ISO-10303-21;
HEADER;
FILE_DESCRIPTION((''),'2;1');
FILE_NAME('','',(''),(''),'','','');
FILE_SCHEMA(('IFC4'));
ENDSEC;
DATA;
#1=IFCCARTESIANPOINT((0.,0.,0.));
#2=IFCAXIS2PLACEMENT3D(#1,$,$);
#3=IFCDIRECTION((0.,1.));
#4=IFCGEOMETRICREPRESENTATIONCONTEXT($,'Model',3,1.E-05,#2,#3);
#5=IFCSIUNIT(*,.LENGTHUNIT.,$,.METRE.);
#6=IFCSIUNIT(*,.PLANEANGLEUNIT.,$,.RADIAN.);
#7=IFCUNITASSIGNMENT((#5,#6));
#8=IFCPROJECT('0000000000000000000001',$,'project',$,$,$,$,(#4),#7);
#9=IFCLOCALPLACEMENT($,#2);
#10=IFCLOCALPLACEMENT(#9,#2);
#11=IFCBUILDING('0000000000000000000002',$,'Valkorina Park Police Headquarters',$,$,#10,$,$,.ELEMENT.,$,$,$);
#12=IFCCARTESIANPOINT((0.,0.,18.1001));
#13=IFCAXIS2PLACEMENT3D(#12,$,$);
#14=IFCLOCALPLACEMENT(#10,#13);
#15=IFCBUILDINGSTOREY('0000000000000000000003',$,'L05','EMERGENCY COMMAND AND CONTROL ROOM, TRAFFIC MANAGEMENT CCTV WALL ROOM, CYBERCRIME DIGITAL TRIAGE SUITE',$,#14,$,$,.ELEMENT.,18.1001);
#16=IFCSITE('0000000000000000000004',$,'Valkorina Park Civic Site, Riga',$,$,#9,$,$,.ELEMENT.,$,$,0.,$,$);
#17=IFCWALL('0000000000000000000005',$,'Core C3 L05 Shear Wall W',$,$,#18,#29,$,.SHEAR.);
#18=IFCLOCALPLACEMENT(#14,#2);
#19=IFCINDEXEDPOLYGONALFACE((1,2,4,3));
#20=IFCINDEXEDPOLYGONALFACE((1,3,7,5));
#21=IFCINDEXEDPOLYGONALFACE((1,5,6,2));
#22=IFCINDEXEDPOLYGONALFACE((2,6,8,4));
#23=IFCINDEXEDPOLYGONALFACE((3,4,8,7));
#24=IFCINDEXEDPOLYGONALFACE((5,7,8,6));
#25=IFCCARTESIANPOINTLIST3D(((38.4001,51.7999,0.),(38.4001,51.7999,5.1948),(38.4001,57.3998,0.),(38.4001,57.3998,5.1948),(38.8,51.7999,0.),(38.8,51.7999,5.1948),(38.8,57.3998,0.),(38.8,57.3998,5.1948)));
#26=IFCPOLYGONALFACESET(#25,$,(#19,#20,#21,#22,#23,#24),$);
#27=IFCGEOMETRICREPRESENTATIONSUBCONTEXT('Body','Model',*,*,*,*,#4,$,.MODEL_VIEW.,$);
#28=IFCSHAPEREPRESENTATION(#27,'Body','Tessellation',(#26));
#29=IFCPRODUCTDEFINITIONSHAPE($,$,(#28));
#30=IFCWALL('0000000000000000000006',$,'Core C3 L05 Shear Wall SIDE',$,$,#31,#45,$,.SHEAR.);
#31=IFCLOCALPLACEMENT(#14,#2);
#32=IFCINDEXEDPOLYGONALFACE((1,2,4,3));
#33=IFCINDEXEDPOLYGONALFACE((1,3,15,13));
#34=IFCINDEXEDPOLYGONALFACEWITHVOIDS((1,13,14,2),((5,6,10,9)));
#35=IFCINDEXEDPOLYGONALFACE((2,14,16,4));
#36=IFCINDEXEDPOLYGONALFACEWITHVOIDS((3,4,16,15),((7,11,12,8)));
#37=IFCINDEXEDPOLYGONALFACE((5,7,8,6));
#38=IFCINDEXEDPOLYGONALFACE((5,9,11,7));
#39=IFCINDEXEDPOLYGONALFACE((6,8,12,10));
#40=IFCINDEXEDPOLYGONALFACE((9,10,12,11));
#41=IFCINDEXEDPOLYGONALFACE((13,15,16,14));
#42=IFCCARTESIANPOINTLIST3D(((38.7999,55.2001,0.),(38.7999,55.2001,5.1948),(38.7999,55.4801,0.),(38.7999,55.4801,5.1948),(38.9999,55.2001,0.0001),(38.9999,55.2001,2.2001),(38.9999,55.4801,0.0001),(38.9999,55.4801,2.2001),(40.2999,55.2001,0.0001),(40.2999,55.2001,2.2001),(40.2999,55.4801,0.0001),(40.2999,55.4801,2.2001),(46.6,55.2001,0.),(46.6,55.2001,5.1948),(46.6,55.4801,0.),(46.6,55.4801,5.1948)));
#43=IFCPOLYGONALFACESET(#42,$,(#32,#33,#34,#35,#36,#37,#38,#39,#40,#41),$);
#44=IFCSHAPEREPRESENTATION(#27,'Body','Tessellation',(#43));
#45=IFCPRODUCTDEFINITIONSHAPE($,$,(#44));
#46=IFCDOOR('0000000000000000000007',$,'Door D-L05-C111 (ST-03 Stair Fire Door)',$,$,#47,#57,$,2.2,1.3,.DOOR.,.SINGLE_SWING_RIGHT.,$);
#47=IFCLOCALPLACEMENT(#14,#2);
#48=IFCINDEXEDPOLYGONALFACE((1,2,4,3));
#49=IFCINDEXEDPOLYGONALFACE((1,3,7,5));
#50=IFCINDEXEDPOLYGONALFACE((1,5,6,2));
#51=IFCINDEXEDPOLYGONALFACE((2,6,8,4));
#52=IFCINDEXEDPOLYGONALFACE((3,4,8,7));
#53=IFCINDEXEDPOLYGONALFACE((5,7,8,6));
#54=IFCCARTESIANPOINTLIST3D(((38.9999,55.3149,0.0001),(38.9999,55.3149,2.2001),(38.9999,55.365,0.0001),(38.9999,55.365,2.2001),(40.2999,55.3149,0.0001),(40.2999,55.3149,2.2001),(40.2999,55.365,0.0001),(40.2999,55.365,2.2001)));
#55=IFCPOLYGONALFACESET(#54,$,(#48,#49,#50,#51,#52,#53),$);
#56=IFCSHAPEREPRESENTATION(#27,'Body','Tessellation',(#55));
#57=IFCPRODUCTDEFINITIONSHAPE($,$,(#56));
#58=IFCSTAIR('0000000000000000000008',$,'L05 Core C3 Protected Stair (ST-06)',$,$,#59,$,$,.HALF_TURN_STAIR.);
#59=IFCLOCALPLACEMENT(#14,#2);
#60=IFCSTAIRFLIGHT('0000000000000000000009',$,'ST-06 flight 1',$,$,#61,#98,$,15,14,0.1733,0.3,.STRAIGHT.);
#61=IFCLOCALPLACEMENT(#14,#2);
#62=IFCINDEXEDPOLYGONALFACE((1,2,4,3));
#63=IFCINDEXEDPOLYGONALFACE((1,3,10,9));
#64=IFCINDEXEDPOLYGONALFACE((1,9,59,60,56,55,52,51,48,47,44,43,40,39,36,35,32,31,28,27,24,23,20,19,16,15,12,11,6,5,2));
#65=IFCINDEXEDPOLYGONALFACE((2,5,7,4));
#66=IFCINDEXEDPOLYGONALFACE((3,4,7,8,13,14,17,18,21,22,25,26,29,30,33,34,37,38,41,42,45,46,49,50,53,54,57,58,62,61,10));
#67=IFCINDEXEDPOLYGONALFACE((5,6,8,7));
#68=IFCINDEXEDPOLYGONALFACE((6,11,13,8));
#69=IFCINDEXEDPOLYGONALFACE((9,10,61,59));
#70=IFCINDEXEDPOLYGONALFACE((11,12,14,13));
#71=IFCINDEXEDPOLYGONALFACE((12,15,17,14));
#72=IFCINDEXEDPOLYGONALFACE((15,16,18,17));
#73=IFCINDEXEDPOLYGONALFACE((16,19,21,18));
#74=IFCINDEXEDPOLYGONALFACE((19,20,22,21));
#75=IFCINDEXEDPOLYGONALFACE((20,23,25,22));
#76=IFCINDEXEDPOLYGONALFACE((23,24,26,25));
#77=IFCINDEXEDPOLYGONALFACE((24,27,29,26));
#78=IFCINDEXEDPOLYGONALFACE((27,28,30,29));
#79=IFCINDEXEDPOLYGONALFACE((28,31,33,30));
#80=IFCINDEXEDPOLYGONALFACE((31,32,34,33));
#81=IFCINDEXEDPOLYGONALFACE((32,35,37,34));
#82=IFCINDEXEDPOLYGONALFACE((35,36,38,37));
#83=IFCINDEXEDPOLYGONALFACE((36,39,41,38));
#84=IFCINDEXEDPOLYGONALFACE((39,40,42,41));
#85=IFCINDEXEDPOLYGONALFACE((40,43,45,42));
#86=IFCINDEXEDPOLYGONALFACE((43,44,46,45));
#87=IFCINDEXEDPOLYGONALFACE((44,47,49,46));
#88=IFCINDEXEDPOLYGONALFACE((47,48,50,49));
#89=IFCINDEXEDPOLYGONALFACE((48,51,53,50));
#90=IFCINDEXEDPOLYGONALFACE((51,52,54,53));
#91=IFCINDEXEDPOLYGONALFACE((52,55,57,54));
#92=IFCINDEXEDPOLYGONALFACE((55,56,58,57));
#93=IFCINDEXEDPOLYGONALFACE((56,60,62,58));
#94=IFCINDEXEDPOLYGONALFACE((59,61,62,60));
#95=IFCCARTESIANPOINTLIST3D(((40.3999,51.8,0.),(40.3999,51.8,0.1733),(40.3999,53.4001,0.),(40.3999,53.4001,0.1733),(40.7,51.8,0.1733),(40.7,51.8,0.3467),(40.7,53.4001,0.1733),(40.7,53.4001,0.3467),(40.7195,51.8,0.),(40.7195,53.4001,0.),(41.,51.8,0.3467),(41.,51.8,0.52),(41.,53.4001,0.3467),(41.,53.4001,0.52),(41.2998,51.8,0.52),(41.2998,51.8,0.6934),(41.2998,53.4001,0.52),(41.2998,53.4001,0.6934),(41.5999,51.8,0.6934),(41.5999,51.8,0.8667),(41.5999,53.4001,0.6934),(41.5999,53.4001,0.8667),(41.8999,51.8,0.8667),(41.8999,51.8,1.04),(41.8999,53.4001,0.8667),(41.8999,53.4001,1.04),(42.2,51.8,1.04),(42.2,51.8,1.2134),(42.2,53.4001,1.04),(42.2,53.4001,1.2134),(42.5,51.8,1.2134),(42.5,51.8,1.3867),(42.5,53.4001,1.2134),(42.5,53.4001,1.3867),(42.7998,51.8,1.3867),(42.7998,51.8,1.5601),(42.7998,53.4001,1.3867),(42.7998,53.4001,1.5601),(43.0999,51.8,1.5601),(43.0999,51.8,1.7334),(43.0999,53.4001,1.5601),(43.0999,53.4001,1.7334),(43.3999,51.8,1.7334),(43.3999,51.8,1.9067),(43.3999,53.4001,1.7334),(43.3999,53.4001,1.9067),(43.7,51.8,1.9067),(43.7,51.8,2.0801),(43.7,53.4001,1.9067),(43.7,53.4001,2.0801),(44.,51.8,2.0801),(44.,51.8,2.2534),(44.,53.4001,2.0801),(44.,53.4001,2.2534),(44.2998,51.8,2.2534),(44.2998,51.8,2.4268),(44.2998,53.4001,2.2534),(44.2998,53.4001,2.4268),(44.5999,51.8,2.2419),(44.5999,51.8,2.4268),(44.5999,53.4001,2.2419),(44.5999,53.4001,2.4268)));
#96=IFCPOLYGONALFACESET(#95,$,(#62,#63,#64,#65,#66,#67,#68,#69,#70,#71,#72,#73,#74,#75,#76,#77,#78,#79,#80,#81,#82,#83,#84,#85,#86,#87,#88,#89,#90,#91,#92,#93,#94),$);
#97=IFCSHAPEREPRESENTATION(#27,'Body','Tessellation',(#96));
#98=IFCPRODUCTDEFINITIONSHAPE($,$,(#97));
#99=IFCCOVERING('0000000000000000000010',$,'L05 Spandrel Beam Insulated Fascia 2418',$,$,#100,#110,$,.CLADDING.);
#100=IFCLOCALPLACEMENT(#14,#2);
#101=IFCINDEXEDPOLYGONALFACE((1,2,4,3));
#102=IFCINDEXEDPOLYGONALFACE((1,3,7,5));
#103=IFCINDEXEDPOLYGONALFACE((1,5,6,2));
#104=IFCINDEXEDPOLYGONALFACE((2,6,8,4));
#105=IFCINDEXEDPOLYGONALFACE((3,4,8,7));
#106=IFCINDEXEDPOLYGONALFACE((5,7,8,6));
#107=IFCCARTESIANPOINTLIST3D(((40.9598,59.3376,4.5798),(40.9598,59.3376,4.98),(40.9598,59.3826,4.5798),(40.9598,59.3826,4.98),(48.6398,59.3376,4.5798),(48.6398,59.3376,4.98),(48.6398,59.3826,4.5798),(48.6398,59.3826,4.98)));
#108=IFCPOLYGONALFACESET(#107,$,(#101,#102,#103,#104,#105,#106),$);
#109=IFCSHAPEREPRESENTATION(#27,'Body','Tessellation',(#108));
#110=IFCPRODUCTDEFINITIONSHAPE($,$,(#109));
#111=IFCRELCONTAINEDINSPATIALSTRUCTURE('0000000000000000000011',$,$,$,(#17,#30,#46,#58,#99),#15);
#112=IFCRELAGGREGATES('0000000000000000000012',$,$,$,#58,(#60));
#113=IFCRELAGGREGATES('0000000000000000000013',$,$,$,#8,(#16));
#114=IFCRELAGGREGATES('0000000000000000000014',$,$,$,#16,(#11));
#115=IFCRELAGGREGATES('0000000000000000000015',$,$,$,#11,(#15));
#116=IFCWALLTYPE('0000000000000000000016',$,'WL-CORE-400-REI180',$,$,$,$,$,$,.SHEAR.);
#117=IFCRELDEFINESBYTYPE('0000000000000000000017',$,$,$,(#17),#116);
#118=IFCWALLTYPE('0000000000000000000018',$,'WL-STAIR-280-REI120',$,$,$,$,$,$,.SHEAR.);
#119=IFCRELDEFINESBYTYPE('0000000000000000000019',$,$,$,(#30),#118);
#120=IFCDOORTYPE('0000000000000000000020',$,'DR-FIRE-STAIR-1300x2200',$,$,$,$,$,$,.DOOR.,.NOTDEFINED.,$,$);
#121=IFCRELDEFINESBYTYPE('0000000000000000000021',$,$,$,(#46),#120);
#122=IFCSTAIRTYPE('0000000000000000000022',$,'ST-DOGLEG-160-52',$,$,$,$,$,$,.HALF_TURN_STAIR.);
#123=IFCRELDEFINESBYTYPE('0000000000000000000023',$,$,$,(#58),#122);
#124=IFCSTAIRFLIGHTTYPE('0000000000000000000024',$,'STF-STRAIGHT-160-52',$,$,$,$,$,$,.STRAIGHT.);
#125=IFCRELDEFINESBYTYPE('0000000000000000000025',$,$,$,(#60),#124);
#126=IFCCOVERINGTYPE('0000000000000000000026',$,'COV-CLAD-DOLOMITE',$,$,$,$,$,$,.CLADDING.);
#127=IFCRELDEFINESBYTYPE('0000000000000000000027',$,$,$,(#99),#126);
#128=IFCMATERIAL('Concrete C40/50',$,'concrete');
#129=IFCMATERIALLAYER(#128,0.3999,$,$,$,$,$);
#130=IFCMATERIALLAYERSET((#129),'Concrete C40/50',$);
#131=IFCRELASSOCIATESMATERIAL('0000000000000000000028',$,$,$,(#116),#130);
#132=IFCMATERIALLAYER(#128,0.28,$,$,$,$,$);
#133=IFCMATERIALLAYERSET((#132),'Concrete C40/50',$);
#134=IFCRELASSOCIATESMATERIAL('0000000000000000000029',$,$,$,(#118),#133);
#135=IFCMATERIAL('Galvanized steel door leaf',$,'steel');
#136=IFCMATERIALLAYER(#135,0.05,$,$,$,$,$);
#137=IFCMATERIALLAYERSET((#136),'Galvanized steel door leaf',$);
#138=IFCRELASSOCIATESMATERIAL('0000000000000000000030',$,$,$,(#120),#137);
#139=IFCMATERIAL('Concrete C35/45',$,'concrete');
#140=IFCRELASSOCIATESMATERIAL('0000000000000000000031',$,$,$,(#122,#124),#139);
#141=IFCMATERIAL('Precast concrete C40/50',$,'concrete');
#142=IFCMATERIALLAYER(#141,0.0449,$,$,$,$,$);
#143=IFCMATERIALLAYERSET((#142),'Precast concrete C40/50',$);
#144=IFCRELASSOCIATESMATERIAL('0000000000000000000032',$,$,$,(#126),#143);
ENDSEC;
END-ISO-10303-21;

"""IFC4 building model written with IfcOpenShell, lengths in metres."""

from ifc_helpers import new_model, si_unit, direction, frame, frame_2d, origin, place, context, subcontext, project, spatial, polyline, rectangle, outline, extrude, material, layer, layer_set, type_object, element, fill, aggregate, save


model = new_model("IFC4")

# Units and contexts
model_context = context("Model", 3, precision=1e-05, world=origin(), true_north=direction((0.0, 1.0)))
body_context = subcontext(model_context, "Body", "Model", "MODEL_VIEW")
ifc_project = project(units=[si_unit("LENGTHUNIT", "METRE"), si_unit("PLANEANGLEUNIT", "RADIAN")], contexts=[model_context])

# Site, building, storey
site_placement = place(None, origin())
site = spatial("IfcSite", under=ifc_project, at=site_placement, Name="Valkorina Park Civic Site, Riga", CompositionType="ELEMENT", RefElevation=0.0)
building_placement = place(site_placement, origin())
building = spatial("IfcBuilding", under=site, at=building_placement, Name="Valkorina Park Police Headquarters", CompositionType="ELEMENT")
storey_placement = place(building_placement, frame((0.0, 0.0, 18.1001)))
storey = spatial("IfcBuildingStorey", under=building, at=storey_placement, Name="L05", Description="EMERGENCY COMMAND AND CONTROL ROOM, TRAFFIC MANAGEMENT CCTV WALL ROOM, CYBERCRIME DIGITAL TRIAGE SUITE", CompositionType="ELEMENT", Elevation=18.1001)

# Wall
ifc_material_1 = material(Name="Concrete C40/50", Category="concrete")
ifc_layer_1 = layer(ifc_material_1, 0.3999)
ifc_layer_set_1 = layer_set([ifc_layer_1], Name="Concrete C40/50")
wall_type_1 = type_object("IfcWallType", Name="WL-CORE-400-REI180", PredefinedType="SHEAR", material=ifc_layer_set_1)
wall_1_placement = place(storey_placement, frame((38.6001, 51.8, 0.0), z_axis=(0.0, 0.0, 1.0), x_axis=(0.0, 1.0, 0.0)))
element("IfcWall", 1, at=wall_1_placement, inside=storey, type_object=wall_type_1, Name="Core C3 L05 Shear Wall W", PredefinedType="SHEAR", context=body_context, shape_type="SweptSolid", body=[
    extrude(rectangle(XDim=5.5999, YDim=0.3999, at=frame_2d((2.7998, 0.0))), origin(), (0.0, 0.0, 1.0), 5.1948),
])

# Wall, opening, door
ifc_layer_2 = layer(ifc_material_1, 0.28)
ifc_layer_set_2 = layer_set([ifc_layer_2], Name="Concrete C40/50")
wall_type_2 = type_object("IfcWallType", Name="WL-STAIR-280-REI120", PredefinedType="SHEAR", material=ifc_layer_set_2)
wall_2_placement = place(storey_placement, frame((38.8, 55.3401, 0.0), z_axis=(0.0, 0.0, 1.0), x_axis=(1.0, 0.0, 0.0)))
wall_2 = element("IfcWall", 2, at=wall_2_placement, inside=storey, type_object=wall_type_2, Name="Core C3 L05 Shear Wall SIDE", PredefinedType="SHEAR", context=body_context, shape_type="SweptSolid", body=[
    extrude(rectangle(XDim=7.8, YDim=0.28, at=frame_2d((3.8999, 0.0))), origin(), (0.0, 0.0, 1.0), 5.1948),
])
opening_placement = place(wall_2_placement, frame((0.2, 0.0, 0.0)))
opening = element("IfcOpeningElement", 3, at=opening_placement, cuts=wall_2, PredefinedType="OPENING", context=body_context, shape_type="SweptSolid", body=[
    extrude(rectangle(XDim=1.3, YDim=2.2, at=frame_2d((0.6499, 1.1001))), frame((0.0, 0.1499, 0.0), z_axis=(0.0, -1.0, 0.0), x_axis=(1.0, 0.0, 0.0)), (0.0, 0.0, 1.0), 0.3),
])
ifc_material_2 = material(Name="Galvanized steel door leaf", Category="steel")
ifc_layer_3 = layer(ifc_material_2, 0.05)
ifc_layer_set_3 = layer_set([ifc_layer_3], Name="Galvanized steel door leaf")
door_type = type_object("IfcDoorType", Name="DR-FIRE-STAIR-1300x2200", OperationType="NOTDEFINED", PredefinedType="DOOR", material=ifc_layer_set_3)
door_placement = place(opening_placement, origin())
door = element("IfcDoor", 4, at=door_placement, inside=storey, type_object=door_type, Name="Door D-L05-C111 (ST-03 Stair Fire Door)", OperationType="SINGLE_SWING_RIGHT", OverallHeight=2.2, OverallWidth=1.3, PredefinedType="DOOR", context=body_context, shape_type="SweptSolid", body=[
    extrude(rectangle(XDim=1.3, YDim=2.2, at=frame_2d((0.6499, 1.1001))), frame((0.0, 0.0249, 0.0), z_axis=(0.0, -1.0, 0.0), x_axis=(1.0, 0.0, 0.0)), (0.0, 0.0, 1.0), 0.05),
])
fill(opening, door)

# Stair, stair flight
ifc_material_3 = material(Name="Concrete C35/45", Category="concrete")
stair_type = type_object("IfcStairType", Name="ST-DOGLEG-160-52", PredefinedType="HALF_TURN_STAIR", material=ifc_material_3)
stair_placement = place(storey_placement, origin())
stair = element("IfcStair", 5, at=stair_placement, inside=storey, type_object=stair_type, Name="L05 Core C3 Protected Stair (ST-06)", PredefinedType="HALF_TURN_STAIR")
stair_flight_type = type_object("IfcStairFlightType", Name="STF-STRAIGHT-160-52", PredefinedType="STRAIGHT", material=ifc_material_3)
stair_flight_placement = place(storey_placement, frame((40.3999, 52.6001, 0.0), z_axis=(0.0, 0.0, 1.0), x_axis=(1.0, 0.0, 0.0)))
stair_flight = element("IfcStairFlight", 6, at=stair_flight_placement, type_object=stair_flight_type, Name="ST-06 flight 1", NumberOfRisers=15, NumberOfTreads=14, PredefinedType="STRAIGHT", RiserHeight=0.1733, TreadLength=0.3, context=body_context, shape_type="SweptSolid", body=[
    extrude(outline(polyline([(0.0, 0.0), (0.0, 0.1733), (0.3, 0.1733), (0.3, 0.3467), (0.6001, 0.3467), (0.6001, 0.52), (0.8999, 0.52), (0.8999, 0.6934), (1.2, 0.6934), (1.2, 0.8667), (1.5, 0.8667), (1.5, 1.04), (1.8, 1.04), (1.8, 1.2134), (2.1001, 1.2134), (2.1001, 1.3867), (2.3999, 1.3867), (2.3999, 1.5601), (2.7, 1.5601), (2.7, 1.7334), (3.0, 1.7334), (3.0, 1.9067), (3.3, 1.9067), (3.3, 2.0801), (3.6001, 2.0801), (3.6001, 2.2534), (3.8999, 2.2534), (3.8999, 2.4268), (4.2, 2.4268), (4.2, 2.6001), (4.2, 2.2419), (0.3196, 0.0), (0.0, 0.0)])), frame((0.0, 0.8, 0.0), z_axis=(0.0, -1.0, 0.0), x_axis=(1.0, 0.0, 0.0)), (0.0, 0.0, 1.0), 1.6001),
])
aggregate(stair, [stair_flight])

# Covering
ifc_material_4 = material(Name="Precast concrete C40/50", Category="concrete")
ifc_layer_4 = layer(ifc_material_4, 0.0449)
ifc_layer_set_4 = layer_set([ifc_layer_4], Name="Precast concrete C40/50")
covering_type_1 = type_object("IfcCoveringType", Name="COV-CLAD-DOLOMITE", PredefinedType="CLADDING", material=ifc_layer_set_4)
covering_1_placement = place(storey_placement, frame((40.96, 59.3601, 4.5798), z_axis=(0.0, 0.0, 1.0), x_axis=(1.0, 0.0, 0.0)))
element("IfcCovering", 7, at=covering_1_placement, inside=storey, type_object=covering_type_1, Name="L05 Spandrel Beam Insulated Fascia 2418", PredefinedType="CLADDING", context=body_context, shape_type="SweptSolid", body=[
    extrude(rectangle(XDim=7.6799, YDim=0.0449, at=frame_2d((3.8398, 0.0))), origin(), (0.0, 0.0, 1.0), 0.4001),
])

save(model, "model.ifc")
